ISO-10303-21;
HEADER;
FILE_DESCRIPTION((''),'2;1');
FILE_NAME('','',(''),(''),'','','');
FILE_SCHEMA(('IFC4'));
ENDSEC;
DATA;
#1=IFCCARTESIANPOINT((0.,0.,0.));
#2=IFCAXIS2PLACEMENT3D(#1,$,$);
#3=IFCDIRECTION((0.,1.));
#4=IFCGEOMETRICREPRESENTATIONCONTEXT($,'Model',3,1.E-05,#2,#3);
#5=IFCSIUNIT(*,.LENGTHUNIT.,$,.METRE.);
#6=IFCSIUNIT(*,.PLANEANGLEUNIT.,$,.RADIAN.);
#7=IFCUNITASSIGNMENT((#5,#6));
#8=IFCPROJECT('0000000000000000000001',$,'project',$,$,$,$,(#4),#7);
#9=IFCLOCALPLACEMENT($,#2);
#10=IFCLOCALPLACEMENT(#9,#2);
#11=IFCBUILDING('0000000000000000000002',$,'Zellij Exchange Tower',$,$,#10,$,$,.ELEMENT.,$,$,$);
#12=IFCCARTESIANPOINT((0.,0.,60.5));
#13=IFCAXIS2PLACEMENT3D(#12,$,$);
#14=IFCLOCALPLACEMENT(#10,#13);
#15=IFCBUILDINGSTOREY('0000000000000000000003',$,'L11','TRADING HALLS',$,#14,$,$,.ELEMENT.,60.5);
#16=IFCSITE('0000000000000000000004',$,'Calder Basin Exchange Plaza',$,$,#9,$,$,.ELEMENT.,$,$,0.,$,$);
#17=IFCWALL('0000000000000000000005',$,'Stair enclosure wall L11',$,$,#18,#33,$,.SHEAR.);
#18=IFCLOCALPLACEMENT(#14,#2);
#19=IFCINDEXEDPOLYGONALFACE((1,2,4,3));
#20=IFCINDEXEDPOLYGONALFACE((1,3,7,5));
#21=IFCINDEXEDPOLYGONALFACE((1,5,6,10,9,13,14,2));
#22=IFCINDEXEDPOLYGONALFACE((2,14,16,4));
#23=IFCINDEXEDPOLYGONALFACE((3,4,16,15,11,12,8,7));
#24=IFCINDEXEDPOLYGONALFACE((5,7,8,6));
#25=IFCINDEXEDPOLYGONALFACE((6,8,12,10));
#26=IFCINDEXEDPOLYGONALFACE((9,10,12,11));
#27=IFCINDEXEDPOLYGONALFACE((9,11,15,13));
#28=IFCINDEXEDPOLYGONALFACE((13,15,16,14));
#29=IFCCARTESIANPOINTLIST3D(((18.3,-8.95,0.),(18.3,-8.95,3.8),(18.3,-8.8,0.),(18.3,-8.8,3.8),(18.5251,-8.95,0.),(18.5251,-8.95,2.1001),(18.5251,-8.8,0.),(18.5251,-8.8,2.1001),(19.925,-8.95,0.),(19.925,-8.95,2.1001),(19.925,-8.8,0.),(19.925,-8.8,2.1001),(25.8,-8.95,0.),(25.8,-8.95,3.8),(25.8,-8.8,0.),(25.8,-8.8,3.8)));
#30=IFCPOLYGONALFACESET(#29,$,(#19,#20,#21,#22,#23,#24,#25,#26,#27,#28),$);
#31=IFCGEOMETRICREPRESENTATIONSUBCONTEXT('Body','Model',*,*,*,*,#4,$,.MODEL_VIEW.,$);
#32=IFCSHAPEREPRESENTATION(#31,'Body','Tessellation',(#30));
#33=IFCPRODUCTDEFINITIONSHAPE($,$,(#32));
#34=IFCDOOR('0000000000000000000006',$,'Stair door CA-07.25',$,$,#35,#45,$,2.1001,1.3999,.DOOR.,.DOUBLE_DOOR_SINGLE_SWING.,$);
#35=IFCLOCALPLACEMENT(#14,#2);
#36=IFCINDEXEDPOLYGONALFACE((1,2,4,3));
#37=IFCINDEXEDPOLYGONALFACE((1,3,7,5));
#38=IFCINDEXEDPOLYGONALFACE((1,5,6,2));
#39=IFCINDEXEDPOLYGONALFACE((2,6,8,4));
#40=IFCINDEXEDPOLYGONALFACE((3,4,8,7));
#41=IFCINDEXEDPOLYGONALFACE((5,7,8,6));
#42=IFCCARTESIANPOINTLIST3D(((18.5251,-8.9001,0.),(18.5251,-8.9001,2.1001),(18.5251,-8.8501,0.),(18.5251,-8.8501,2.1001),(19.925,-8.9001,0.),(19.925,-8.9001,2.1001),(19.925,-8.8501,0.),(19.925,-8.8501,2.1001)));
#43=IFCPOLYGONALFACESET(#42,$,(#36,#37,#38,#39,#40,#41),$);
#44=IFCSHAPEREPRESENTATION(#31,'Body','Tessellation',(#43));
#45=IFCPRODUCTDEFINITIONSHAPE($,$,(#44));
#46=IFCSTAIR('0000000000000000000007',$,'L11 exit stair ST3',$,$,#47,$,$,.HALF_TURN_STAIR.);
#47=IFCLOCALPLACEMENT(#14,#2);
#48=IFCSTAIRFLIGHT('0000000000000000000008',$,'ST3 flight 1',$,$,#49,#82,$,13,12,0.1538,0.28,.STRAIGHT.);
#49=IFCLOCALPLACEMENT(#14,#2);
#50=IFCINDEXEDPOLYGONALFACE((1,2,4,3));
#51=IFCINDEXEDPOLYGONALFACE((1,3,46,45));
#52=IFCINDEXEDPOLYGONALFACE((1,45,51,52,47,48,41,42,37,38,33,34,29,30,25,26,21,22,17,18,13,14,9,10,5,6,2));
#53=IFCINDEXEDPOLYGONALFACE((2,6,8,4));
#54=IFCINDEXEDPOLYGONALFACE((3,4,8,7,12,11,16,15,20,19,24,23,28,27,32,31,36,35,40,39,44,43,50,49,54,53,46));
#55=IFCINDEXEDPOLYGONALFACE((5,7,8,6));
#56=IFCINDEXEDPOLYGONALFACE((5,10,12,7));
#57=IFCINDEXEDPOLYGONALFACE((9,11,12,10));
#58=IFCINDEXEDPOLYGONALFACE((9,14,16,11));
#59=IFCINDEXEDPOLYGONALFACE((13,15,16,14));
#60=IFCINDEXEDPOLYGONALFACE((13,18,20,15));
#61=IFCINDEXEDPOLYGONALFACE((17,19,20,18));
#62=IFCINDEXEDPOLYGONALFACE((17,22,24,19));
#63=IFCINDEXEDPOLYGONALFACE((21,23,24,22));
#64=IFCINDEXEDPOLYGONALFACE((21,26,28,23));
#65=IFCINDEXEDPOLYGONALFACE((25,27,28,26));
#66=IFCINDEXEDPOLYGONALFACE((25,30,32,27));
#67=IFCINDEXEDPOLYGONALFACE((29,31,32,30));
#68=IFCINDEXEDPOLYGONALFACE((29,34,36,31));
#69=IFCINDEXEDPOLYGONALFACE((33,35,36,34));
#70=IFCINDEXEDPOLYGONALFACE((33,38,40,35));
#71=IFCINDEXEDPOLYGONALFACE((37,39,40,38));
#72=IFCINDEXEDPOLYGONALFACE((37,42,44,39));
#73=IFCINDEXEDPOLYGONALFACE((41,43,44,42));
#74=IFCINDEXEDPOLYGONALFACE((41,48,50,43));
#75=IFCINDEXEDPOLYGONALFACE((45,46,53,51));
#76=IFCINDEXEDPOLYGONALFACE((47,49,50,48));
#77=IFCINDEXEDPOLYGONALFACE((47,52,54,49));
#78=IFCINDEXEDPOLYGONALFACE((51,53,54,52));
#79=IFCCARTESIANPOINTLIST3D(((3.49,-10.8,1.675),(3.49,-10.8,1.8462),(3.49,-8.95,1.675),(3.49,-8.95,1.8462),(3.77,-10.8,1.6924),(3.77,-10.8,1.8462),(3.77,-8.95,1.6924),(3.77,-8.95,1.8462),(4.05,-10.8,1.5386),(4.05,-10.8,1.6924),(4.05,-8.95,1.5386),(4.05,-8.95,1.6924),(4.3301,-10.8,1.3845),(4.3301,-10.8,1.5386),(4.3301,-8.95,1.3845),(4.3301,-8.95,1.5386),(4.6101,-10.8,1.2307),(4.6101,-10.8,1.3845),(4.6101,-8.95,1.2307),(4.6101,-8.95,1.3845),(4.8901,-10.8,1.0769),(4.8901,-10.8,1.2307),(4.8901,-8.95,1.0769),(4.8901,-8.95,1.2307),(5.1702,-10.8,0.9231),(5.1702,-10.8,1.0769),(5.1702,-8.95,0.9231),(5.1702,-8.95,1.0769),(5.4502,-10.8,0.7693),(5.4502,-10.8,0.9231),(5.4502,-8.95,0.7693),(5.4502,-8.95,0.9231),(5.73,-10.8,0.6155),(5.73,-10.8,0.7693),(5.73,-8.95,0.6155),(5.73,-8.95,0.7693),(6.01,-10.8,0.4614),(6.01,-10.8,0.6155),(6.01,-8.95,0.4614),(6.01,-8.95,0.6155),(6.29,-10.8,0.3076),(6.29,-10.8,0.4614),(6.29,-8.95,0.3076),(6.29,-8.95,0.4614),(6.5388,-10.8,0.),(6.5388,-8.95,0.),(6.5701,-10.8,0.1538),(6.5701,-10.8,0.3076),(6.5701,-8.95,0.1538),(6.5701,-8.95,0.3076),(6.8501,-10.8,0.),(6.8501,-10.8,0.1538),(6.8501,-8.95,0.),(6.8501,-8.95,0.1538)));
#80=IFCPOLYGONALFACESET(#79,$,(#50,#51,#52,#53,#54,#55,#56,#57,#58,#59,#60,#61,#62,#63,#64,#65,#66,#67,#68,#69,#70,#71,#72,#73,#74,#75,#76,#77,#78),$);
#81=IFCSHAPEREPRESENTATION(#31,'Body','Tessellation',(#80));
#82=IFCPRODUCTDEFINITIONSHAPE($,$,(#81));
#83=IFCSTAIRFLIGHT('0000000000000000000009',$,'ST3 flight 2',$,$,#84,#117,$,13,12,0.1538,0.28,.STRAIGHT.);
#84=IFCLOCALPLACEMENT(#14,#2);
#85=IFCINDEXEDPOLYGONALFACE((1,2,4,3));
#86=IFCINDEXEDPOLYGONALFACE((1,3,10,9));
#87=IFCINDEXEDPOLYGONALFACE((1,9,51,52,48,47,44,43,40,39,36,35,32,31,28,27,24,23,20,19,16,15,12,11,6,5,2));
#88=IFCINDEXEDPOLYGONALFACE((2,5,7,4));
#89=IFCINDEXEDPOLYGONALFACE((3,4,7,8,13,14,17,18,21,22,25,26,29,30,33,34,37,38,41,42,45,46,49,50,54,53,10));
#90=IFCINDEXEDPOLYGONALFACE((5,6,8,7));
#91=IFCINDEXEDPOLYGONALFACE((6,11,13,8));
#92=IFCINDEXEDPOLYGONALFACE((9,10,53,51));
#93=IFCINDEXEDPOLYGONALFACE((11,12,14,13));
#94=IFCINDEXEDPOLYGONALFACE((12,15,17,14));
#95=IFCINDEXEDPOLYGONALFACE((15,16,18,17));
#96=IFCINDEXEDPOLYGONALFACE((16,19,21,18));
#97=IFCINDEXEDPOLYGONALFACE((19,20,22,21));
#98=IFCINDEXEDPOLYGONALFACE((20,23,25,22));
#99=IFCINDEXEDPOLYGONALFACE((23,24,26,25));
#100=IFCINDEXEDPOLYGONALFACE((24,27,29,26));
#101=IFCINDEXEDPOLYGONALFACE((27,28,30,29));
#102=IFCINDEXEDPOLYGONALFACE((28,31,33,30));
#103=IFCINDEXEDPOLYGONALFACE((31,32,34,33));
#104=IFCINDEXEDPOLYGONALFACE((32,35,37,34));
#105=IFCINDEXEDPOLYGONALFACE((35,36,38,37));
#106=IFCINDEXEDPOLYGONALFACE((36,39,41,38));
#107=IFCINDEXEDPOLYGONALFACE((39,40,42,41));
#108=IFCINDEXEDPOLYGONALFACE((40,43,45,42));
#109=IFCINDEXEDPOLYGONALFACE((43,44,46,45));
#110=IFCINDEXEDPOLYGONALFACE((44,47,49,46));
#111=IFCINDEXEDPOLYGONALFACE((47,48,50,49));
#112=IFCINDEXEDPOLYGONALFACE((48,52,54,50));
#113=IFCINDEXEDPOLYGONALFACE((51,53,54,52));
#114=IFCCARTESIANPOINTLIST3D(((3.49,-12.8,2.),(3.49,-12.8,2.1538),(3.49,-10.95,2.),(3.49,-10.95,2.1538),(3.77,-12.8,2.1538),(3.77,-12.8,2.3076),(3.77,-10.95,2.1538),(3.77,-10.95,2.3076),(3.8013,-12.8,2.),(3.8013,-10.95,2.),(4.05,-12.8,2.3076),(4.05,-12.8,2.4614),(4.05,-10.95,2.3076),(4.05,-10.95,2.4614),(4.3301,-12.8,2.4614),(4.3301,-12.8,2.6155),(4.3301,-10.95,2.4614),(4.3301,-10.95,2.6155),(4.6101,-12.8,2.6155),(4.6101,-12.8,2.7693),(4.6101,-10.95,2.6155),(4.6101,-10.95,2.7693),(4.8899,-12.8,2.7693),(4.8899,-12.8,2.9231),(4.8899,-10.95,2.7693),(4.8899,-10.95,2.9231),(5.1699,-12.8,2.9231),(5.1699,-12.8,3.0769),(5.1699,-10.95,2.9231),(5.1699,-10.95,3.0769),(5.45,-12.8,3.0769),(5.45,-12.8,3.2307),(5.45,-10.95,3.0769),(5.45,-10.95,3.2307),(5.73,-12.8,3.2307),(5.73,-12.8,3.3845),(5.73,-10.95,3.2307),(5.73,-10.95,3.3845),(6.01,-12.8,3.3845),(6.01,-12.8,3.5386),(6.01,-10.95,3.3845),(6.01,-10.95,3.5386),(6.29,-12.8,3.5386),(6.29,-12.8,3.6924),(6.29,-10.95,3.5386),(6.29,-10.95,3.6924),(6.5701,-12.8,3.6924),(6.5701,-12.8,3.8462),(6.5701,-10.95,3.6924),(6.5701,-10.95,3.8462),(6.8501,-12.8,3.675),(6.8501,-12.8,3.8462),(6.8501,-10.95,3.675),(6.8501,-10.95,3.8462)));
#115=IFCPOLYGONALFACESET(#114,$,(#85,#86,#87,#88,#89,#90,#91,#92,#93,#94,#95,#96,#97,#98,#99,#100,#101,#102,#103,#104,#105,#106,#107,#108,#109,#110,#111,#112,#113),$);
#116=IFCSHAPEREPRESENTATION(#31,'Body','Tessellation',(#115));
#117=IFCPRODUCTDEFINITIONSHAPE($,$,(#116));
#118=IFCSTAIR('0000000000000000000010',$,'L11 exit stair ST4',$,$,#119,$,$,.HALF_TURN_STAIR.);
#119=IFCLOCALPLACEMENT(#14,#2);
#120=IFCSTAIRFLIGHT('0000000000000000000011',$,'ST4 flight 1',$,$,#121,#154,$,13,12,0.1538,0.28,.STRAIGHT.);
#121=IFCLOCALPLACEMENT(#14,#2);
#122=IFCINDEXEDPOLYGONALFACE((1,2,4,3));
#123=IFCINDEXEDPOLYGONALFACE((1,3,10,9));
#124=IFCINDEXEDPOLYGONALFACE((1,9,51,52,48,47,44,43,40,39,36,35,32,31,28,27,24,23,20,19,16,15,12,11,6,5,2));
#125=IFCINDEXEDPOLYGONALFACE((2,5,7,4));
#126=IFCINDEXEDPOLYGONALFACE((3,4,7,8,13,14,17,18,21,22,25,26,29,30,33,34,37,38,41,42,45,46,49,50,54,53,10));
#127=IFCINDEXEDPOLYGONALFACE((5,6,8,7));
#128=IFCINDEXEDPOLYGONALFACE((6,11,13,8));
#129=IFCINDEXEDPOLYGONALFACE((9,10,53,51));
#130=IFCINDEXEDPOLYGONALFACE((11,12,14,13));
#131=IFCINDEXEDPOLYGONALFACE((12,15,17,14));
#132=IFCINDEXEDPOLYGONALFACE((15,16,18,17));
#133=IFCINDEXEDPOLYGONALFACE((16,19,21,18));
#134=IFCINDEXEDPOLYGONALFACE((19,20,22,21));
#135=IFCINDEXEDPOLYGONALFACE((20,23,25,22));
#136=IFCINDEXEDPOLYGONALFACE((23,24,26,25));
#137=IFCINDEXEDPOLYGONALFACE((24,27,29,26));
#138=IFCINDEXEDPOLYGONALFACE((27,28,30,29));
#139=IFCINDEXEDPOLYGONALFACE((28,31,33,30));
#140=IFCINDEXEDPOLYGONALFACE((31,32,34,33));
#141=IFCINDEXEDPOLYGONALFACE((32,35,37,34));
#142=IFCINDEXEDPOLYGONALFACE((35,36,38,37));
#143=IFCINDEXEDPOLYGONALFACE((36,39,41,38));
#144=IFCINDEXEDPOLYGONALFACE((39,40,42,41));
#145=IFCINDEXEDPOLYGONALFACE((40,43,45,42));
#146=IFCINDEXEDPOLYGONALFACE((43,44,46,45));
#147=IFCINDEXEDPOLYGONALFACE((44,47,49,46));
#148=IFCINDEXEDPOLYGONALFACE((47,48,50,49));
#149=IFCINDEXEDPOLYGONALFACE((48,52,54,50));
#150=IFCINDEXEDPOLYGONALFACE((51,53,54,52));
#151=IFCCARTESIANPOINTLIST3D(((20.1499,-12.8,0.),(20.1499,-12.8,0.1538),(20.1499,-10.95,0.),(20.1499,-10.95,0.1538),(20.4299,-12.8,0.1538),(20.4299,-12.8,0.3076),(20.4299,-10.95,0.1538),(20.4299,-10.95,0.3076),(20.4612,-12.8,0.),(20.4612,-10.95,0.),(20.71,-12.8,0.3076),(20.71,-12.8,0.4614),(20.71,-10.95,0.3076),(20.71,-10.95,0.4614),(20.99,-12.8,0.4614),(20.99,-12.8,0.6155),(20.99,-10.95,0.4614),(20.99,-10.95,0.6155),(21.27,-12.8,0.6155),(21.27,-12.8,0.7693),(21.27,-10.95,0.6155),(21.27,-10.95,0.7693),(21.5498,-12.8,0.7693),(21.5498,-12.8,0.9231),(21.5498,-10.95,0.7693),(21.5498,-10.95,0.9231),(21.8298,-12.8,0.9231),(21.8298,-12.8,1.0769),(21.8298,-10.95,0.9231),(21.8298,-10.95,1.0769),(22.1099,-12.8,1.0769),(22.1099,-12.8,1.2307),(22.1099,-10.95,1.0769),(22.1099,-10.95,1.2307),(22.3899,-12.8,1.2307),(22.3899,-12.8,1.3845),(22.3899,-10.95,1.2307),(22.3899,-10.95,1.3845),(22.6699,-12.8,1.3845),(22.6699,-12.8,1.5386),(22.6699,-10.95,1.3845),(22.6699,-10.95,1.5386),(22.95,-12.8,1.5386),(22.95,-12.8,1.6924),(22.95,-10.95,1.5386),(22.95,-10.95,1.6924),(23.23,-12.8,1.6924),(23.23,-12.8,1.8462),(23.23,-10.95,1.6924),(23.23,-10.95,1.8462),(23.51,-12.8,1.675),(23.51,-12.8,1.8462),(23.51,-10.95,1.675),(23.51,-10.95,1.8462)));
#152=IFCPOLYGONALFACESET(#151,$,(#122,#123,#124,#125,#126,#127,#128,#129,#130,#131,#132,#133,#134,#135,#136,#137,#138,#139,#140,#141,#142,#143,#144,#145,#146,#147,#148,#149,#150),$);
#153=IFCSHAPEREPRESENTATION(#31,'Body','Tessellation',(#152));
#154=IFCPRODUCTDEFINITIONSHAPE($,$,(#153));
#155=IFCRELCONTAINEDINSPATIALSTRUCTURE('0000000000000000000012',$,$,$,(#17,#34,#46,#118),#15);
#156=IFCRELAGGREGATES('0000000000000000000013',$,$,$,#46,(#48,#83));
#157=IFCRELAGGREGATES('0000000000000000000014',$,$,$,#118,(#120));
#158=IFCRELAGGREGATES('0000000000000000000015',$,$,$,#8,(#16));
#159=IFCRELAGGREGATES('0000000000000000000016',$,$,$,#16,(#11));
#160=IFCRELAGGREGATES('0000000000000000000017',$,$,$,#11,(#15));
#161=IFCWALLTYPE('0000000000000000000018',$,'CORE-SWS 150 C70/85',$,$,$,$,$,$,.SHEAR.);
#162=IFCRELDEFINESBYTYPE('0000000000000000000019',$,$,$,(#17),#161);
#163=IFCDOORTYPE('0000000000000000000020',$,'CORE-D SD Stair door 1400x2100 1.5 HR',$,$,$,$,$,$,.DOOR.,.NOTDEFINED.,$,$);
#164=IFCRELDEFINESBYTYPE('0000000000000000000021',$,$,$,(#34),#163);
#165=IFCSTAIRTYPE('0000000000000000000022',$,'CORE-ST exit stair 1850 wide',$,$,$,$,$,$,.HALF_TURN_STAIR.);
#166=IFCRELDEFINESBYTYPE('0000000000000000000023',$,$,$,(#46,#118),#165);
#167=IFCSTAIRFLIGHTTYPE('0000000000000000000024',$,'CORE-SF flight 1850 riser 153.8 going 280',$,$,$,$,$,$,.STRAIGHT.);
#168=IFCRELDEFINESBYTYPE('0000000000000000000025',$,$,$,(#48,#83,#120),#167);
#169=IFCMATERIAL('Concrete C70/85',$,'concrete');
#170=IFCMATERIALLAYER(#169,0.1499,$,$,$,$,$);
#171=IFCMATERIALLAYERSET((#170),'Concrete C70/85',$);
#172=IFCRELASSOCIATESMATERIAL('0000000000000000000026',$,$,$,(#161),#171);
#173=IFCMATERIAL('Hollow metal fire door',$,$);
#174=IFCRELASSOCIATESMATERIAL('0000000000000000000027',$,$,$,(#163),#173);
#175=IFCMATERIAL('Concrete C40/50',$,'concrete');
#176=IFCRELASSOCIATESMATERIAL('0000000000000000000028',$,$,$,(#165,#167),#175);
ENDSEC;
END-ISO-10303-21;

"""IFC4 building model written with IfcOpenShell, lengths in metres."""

from ifc_helpers import new_model, si_unit, direction, frame, frame_2d, origin, place, context, subcontext, project, spatial, polyline, rectangle, outline, extrude, material, layer, layer_set, type_object, element, fill, aggregate, save


model = new_model("IFC4")

# Units and contexts
model_context = context("Model", 3, precision=1e-05, world=origin(), true_north=direction((0.0, 1.0)))
body_context = subcontext(model_context, "Body", "Model", "MODEL_VIEW")
ifc_project = project(units=[si_unit("LENGTHUNIT", "METRE"), si_unit("PLANEANGLEUNIT", "RADIAN")], contexts=[model_context])

# Site, building, storey
site_placement = place(None, origin())
site = spatial("IfcSite", under=ifc_project, at=site_placement, Name="Calder Basin Exchange Plaza", CompositionType="ELEMENT", RefElevation=0.0)
building_placement = place(site_placement, origin())
building = spatial("IfcBuilding", under=site, at=building_placement, Name="Zellij Exchange Tower", CompositionType="ELEMENT")
storey_placement = place(building_placement, frame((0.0, 0.0, 60.5)))
storey = spatial("IfcBuildingStorey", under=building, at=storey_placement, Name="L11", Description="TRADING HALLS", CompositionType="ELEMENT", Elevation=60.5)

# Shared definitions
ifc_material_1 = material(Name="Concrete C70/85", Category="concrete")

# Shared definitions
ifc_material_2 = material(Name="Hollow metal fire door")

# Wall, opening, door
ifc_layer_1 = layer(ifc_material_1, 0.1499)
ifc_layer_set_1 = layer_set([ifc_layer_1], Name="Concrete C70/85")
wall_type_1 = type_object("IfcWallType", Name="CORE-SWS 150 C70/85", PredefinedType="SHEAR", material=ifc_layer_set_1)
door_type_1 = type_object("IfcDoorType", Name="CORE-D SD Stair door 1400x2100 1.5 HR", OperationType="NOTDEFINED", PredefinedType="DOOR", material=ifc_material_2)
wall_1_placement = place(storey_placement, frame((18.3, -8.875, 0.0), z_axis=(0.0, 0.0, 1.0), x_axis=(1.0, 0.0, 0.0)))
wall_1 = element("IfcWall", 1, at=wall_1_placement, inside=storey, type_object=wall_type_1, Name="Stair enclosure wall L11", PredefinedType="SHEAR", context=body_context, shape_type="SweptSolid", body=[
    extrude(rectangle(XDim=7.5, YDim=0.1499, at=frame_2d((3.75, 0.0))), origin(), (0.0, 0.0, 1.0), 3.8),
])
opening_1_placement = place(wall_1_placement, frame((0.2251, 0.0, 0.0)))
opening_1 = element("IfcOpeningElement", 2, at=opening_1_placement, cuts=wall_1, PredefinedType="OPENING", context=body_context, shape_type="SweptSolid", body=[
    extrude(rectangle(XDim=1.3999, YDim=2.1001, at=frame_2d((0.7, 1.05))), frame((0.0, 0.0869, 0.0), z_axis=(0.0, -1.0, 0.0), x_axis=(1.0, 0.0, 0.0)), (0.0, 0.0, 1.0), 0.1738),
])
door_1_placement = place(opening_1_placement, origin())
door_1 = element("IfcDoor", 3, at=door_1_placement, inside=storey, type_object=door_type_1, Name="Stair door CA-07.25", OperationType="DOUBLE_DOOR_SINGLE_SWING", OverallHeight=2.1001, OverallWidth=1.3999, PredefinedType="DOOR", context=body_context, shape_type="SweptSolid", body=[
    extrude(rectangle(XDim=1.3999, YDim=2.1001, at=frame_2d((0.7, 1.05))), frame((0.0, 0.0249, 0.0), z_axis=(0.0, -1.0, 0.0), x_axis=(1.0, 0.0, 0.0)), (0.0, 0.0, 1.0), 0.05),
])
fill(opening_1, door_1)

# Stair, stair flights
ifc_material_3 = material(Name="Concrete C40/50", Category="concrete")
stair_type = type_object("IfcStairType", Name="CORE-ST exit stair 1850 wide", PredefinedType="HALF_TURN_STAIR", material=ifc_material_3)
stair_1_placement = place(storey_placement, origin())
stair_1 = element("IfcStair", 4, at=stair_1_placement, inside=storey, type_object=stair_type, Name="L11 exit stair ST3", PredefinedType="HALF_TURN_STAIR")
stair_flight_type = type_object("IfcStairFlightType", Name="CORE-SF flight 1850 riser 153.8 going 280", PredefinedType="STRAIGHT", material=ifc_material_3)
stair_flight_1_placement = place(storey_placement, frame((6.8501, -9.875, 0.0), z_axis=(0.0, 0.0, 1.0), x_axis=(-1.0, 0.0, 0.0)))
stair_flight_1 = element("IfcStairFlight", 5, at=stair_flight_1_placement, type_object=stair_flight_type, Name="ST3 flight 1", NumberOfRisers=13, NumberOfTreads=12, PredefinedType="STRAIGHT", RiserHeight=0.1538, TreadLength=0.28, context=body_context, shape_type="SweptSolid", body=[
    extrude(outline(polyline([(0.0, 0.0), (0.0, 0.1538), (0.28, 0.1538), (0.28, 0.3076), (0.5601, 0.3076), (0.5601, 0.4614), (0.8401, 0.4614), (0.8401, 0.6155), (1.1201, 0.6155), (1.1201, 0.7693), (1.3999, 0.7693), (1.3999, 0.9231), (1.6799, 0.9231), (1.6799, 1.0769), (1.96, 1.0769), (1.96, 1.2307), (2.24, 1.2307), (2.24, 1.3845), (2.52, 1.3845), (2.52, 1.5386), (2.8, 1.5386), (2.8, 1.6924), (3.0801, 1.6924), (3.0801, 1.8462), (3.3601, 1.8462), (3.3601, 2.0), (3.3601, 1.675), (0.3113, 0.0), (0.0, 0.0)])), frame((0.0, 0.925, 0.0), z_axis=(0.0, -1.0, 0.0), x_axis=(1.0, 0.0, 0.0)), (0.0, 0.0, 1.0), 1.8501),
])
stair_flight_2_placement = place(storey_placement, frame((3.49, -11.875, 2.0), z_axis=(0.0, 0.0, 1.0), x_axis=(1.0, 0.0, 0.0)))
stair_flight_2 = element("IfcStairFlight", 6, at=stair_flight_2_placement, type_object=stair_flight_type, Name="ST3 flight 2", NumberOfRisers=13, NumberOfTreads=12, PredefinedType="STRAIGHT", RiserHeight=0.1538, TreadLength=0.28, context=body_context, shape_type="SweptSolid", body=[
    extrude(outline(polyline([(0.0, 0.0), (0.0, 0.1538), (0.28, 0.1538), (0.28, 0.3076), (0.5601, 0.3076), (0.5601, 0.4614), (0.8401, 0.4614), (0.8401, 0.6155), (1.1201, 0.6155), (1.1201, 0.7693), (1.3999, 0.7693), (1.3999, 0.9231), (1.6799, 0.9231), (1.6799, 1.0769), (1.96, 1.0769), (1.96, 1.2307), (2.24, 1.2307), (2.24, 1.3845), (2.52, 1.3845), (2.52, 1.5386), (2.8, 1.5386), (2.8, 1.6924), (3.0801, 1.6924), (3.0801, 1.8462), (3.3601, 1.8462), (3.3601, 2.0), (3.3601, 1.675), (0.3113, 0.0), (0.0, 0.0)])), frame((0.0, 0.925, 0.0), z_axis=(0.0, -1.0, 0.0), x_axis=(1.0, 0.0, 0.0)), (0.0, 0.0, 1.0), 1.8501),
])
aggregate(stair_1, [stair_flight_1, stair_flight_2])

# Stair, stair flight
stair_2_placement = place(storey_placement, origin())
stair_2 = element("IfcStair", 7, at=stair_2_placement, inside=storey, type_object=stair_type, Name="L11 exit stair ST4", PredefinedType="HALF_TURN_STAIR")
stair_flight_3_placement = place(storey_placement, frame((20.1499, -11.875, 0.0), z_axis=(0.0, 0.0, 1.0), x_axis=(1.0, 0.0, 0.0)))
stair_flight_3 = element("IfcStairFlight", 8, at=stair_flight_3_placement, type_object=stair_flight_type, Name="ST4 flight 1", NumberOfRisers=13, NumberOfTreads=12, PredefinedType="STRAIGHT", RiserHeight=0.1538, TreadLength=0.28, context=body_context, shape_type="SweptSolid", body=[
    extrude(outline(polyline([(0.0, 0.0), (0.0, 0.1538), (0.28, 0.1538), (0.28, 0.3076), (0.5601, 0.3076), (0.5601, 0.4614), (0.8401, 0.4614), (0.8401, 0.6155), (1.1201, 0.6155), (1.1201, 0.7693), (1.3999, 0.7693), (1.3999, 0.9231), (1.6799, 0.9231), (1.6799, 1.0769), (1.96, 1.0769), (1.96, 1.2307), (2.24, 1.2307), (2.24, 1.3845), (2.52, 1.3845), (2.52, 1.5386), (2.8, 1.5386), (2.8, 1.6924), (3.0801, 1.6924), (3.0801, 1.8462), (3.3601, 1.8462), (3.3601, 2.0), (3.3601, 1.675), (0.3113, 0.0), (0.0, 0.0)])), frame((0.0, 0.925, 0.0), z_axis=(0.0, -1.0, 0.0), x_axis=(1.0, 0.0, 0.0)), (0.0, 0.0, 1.0), 1.8501),
])
aggregate(stair_2, [stair_flight_3])

save(model, "model.ifc")
